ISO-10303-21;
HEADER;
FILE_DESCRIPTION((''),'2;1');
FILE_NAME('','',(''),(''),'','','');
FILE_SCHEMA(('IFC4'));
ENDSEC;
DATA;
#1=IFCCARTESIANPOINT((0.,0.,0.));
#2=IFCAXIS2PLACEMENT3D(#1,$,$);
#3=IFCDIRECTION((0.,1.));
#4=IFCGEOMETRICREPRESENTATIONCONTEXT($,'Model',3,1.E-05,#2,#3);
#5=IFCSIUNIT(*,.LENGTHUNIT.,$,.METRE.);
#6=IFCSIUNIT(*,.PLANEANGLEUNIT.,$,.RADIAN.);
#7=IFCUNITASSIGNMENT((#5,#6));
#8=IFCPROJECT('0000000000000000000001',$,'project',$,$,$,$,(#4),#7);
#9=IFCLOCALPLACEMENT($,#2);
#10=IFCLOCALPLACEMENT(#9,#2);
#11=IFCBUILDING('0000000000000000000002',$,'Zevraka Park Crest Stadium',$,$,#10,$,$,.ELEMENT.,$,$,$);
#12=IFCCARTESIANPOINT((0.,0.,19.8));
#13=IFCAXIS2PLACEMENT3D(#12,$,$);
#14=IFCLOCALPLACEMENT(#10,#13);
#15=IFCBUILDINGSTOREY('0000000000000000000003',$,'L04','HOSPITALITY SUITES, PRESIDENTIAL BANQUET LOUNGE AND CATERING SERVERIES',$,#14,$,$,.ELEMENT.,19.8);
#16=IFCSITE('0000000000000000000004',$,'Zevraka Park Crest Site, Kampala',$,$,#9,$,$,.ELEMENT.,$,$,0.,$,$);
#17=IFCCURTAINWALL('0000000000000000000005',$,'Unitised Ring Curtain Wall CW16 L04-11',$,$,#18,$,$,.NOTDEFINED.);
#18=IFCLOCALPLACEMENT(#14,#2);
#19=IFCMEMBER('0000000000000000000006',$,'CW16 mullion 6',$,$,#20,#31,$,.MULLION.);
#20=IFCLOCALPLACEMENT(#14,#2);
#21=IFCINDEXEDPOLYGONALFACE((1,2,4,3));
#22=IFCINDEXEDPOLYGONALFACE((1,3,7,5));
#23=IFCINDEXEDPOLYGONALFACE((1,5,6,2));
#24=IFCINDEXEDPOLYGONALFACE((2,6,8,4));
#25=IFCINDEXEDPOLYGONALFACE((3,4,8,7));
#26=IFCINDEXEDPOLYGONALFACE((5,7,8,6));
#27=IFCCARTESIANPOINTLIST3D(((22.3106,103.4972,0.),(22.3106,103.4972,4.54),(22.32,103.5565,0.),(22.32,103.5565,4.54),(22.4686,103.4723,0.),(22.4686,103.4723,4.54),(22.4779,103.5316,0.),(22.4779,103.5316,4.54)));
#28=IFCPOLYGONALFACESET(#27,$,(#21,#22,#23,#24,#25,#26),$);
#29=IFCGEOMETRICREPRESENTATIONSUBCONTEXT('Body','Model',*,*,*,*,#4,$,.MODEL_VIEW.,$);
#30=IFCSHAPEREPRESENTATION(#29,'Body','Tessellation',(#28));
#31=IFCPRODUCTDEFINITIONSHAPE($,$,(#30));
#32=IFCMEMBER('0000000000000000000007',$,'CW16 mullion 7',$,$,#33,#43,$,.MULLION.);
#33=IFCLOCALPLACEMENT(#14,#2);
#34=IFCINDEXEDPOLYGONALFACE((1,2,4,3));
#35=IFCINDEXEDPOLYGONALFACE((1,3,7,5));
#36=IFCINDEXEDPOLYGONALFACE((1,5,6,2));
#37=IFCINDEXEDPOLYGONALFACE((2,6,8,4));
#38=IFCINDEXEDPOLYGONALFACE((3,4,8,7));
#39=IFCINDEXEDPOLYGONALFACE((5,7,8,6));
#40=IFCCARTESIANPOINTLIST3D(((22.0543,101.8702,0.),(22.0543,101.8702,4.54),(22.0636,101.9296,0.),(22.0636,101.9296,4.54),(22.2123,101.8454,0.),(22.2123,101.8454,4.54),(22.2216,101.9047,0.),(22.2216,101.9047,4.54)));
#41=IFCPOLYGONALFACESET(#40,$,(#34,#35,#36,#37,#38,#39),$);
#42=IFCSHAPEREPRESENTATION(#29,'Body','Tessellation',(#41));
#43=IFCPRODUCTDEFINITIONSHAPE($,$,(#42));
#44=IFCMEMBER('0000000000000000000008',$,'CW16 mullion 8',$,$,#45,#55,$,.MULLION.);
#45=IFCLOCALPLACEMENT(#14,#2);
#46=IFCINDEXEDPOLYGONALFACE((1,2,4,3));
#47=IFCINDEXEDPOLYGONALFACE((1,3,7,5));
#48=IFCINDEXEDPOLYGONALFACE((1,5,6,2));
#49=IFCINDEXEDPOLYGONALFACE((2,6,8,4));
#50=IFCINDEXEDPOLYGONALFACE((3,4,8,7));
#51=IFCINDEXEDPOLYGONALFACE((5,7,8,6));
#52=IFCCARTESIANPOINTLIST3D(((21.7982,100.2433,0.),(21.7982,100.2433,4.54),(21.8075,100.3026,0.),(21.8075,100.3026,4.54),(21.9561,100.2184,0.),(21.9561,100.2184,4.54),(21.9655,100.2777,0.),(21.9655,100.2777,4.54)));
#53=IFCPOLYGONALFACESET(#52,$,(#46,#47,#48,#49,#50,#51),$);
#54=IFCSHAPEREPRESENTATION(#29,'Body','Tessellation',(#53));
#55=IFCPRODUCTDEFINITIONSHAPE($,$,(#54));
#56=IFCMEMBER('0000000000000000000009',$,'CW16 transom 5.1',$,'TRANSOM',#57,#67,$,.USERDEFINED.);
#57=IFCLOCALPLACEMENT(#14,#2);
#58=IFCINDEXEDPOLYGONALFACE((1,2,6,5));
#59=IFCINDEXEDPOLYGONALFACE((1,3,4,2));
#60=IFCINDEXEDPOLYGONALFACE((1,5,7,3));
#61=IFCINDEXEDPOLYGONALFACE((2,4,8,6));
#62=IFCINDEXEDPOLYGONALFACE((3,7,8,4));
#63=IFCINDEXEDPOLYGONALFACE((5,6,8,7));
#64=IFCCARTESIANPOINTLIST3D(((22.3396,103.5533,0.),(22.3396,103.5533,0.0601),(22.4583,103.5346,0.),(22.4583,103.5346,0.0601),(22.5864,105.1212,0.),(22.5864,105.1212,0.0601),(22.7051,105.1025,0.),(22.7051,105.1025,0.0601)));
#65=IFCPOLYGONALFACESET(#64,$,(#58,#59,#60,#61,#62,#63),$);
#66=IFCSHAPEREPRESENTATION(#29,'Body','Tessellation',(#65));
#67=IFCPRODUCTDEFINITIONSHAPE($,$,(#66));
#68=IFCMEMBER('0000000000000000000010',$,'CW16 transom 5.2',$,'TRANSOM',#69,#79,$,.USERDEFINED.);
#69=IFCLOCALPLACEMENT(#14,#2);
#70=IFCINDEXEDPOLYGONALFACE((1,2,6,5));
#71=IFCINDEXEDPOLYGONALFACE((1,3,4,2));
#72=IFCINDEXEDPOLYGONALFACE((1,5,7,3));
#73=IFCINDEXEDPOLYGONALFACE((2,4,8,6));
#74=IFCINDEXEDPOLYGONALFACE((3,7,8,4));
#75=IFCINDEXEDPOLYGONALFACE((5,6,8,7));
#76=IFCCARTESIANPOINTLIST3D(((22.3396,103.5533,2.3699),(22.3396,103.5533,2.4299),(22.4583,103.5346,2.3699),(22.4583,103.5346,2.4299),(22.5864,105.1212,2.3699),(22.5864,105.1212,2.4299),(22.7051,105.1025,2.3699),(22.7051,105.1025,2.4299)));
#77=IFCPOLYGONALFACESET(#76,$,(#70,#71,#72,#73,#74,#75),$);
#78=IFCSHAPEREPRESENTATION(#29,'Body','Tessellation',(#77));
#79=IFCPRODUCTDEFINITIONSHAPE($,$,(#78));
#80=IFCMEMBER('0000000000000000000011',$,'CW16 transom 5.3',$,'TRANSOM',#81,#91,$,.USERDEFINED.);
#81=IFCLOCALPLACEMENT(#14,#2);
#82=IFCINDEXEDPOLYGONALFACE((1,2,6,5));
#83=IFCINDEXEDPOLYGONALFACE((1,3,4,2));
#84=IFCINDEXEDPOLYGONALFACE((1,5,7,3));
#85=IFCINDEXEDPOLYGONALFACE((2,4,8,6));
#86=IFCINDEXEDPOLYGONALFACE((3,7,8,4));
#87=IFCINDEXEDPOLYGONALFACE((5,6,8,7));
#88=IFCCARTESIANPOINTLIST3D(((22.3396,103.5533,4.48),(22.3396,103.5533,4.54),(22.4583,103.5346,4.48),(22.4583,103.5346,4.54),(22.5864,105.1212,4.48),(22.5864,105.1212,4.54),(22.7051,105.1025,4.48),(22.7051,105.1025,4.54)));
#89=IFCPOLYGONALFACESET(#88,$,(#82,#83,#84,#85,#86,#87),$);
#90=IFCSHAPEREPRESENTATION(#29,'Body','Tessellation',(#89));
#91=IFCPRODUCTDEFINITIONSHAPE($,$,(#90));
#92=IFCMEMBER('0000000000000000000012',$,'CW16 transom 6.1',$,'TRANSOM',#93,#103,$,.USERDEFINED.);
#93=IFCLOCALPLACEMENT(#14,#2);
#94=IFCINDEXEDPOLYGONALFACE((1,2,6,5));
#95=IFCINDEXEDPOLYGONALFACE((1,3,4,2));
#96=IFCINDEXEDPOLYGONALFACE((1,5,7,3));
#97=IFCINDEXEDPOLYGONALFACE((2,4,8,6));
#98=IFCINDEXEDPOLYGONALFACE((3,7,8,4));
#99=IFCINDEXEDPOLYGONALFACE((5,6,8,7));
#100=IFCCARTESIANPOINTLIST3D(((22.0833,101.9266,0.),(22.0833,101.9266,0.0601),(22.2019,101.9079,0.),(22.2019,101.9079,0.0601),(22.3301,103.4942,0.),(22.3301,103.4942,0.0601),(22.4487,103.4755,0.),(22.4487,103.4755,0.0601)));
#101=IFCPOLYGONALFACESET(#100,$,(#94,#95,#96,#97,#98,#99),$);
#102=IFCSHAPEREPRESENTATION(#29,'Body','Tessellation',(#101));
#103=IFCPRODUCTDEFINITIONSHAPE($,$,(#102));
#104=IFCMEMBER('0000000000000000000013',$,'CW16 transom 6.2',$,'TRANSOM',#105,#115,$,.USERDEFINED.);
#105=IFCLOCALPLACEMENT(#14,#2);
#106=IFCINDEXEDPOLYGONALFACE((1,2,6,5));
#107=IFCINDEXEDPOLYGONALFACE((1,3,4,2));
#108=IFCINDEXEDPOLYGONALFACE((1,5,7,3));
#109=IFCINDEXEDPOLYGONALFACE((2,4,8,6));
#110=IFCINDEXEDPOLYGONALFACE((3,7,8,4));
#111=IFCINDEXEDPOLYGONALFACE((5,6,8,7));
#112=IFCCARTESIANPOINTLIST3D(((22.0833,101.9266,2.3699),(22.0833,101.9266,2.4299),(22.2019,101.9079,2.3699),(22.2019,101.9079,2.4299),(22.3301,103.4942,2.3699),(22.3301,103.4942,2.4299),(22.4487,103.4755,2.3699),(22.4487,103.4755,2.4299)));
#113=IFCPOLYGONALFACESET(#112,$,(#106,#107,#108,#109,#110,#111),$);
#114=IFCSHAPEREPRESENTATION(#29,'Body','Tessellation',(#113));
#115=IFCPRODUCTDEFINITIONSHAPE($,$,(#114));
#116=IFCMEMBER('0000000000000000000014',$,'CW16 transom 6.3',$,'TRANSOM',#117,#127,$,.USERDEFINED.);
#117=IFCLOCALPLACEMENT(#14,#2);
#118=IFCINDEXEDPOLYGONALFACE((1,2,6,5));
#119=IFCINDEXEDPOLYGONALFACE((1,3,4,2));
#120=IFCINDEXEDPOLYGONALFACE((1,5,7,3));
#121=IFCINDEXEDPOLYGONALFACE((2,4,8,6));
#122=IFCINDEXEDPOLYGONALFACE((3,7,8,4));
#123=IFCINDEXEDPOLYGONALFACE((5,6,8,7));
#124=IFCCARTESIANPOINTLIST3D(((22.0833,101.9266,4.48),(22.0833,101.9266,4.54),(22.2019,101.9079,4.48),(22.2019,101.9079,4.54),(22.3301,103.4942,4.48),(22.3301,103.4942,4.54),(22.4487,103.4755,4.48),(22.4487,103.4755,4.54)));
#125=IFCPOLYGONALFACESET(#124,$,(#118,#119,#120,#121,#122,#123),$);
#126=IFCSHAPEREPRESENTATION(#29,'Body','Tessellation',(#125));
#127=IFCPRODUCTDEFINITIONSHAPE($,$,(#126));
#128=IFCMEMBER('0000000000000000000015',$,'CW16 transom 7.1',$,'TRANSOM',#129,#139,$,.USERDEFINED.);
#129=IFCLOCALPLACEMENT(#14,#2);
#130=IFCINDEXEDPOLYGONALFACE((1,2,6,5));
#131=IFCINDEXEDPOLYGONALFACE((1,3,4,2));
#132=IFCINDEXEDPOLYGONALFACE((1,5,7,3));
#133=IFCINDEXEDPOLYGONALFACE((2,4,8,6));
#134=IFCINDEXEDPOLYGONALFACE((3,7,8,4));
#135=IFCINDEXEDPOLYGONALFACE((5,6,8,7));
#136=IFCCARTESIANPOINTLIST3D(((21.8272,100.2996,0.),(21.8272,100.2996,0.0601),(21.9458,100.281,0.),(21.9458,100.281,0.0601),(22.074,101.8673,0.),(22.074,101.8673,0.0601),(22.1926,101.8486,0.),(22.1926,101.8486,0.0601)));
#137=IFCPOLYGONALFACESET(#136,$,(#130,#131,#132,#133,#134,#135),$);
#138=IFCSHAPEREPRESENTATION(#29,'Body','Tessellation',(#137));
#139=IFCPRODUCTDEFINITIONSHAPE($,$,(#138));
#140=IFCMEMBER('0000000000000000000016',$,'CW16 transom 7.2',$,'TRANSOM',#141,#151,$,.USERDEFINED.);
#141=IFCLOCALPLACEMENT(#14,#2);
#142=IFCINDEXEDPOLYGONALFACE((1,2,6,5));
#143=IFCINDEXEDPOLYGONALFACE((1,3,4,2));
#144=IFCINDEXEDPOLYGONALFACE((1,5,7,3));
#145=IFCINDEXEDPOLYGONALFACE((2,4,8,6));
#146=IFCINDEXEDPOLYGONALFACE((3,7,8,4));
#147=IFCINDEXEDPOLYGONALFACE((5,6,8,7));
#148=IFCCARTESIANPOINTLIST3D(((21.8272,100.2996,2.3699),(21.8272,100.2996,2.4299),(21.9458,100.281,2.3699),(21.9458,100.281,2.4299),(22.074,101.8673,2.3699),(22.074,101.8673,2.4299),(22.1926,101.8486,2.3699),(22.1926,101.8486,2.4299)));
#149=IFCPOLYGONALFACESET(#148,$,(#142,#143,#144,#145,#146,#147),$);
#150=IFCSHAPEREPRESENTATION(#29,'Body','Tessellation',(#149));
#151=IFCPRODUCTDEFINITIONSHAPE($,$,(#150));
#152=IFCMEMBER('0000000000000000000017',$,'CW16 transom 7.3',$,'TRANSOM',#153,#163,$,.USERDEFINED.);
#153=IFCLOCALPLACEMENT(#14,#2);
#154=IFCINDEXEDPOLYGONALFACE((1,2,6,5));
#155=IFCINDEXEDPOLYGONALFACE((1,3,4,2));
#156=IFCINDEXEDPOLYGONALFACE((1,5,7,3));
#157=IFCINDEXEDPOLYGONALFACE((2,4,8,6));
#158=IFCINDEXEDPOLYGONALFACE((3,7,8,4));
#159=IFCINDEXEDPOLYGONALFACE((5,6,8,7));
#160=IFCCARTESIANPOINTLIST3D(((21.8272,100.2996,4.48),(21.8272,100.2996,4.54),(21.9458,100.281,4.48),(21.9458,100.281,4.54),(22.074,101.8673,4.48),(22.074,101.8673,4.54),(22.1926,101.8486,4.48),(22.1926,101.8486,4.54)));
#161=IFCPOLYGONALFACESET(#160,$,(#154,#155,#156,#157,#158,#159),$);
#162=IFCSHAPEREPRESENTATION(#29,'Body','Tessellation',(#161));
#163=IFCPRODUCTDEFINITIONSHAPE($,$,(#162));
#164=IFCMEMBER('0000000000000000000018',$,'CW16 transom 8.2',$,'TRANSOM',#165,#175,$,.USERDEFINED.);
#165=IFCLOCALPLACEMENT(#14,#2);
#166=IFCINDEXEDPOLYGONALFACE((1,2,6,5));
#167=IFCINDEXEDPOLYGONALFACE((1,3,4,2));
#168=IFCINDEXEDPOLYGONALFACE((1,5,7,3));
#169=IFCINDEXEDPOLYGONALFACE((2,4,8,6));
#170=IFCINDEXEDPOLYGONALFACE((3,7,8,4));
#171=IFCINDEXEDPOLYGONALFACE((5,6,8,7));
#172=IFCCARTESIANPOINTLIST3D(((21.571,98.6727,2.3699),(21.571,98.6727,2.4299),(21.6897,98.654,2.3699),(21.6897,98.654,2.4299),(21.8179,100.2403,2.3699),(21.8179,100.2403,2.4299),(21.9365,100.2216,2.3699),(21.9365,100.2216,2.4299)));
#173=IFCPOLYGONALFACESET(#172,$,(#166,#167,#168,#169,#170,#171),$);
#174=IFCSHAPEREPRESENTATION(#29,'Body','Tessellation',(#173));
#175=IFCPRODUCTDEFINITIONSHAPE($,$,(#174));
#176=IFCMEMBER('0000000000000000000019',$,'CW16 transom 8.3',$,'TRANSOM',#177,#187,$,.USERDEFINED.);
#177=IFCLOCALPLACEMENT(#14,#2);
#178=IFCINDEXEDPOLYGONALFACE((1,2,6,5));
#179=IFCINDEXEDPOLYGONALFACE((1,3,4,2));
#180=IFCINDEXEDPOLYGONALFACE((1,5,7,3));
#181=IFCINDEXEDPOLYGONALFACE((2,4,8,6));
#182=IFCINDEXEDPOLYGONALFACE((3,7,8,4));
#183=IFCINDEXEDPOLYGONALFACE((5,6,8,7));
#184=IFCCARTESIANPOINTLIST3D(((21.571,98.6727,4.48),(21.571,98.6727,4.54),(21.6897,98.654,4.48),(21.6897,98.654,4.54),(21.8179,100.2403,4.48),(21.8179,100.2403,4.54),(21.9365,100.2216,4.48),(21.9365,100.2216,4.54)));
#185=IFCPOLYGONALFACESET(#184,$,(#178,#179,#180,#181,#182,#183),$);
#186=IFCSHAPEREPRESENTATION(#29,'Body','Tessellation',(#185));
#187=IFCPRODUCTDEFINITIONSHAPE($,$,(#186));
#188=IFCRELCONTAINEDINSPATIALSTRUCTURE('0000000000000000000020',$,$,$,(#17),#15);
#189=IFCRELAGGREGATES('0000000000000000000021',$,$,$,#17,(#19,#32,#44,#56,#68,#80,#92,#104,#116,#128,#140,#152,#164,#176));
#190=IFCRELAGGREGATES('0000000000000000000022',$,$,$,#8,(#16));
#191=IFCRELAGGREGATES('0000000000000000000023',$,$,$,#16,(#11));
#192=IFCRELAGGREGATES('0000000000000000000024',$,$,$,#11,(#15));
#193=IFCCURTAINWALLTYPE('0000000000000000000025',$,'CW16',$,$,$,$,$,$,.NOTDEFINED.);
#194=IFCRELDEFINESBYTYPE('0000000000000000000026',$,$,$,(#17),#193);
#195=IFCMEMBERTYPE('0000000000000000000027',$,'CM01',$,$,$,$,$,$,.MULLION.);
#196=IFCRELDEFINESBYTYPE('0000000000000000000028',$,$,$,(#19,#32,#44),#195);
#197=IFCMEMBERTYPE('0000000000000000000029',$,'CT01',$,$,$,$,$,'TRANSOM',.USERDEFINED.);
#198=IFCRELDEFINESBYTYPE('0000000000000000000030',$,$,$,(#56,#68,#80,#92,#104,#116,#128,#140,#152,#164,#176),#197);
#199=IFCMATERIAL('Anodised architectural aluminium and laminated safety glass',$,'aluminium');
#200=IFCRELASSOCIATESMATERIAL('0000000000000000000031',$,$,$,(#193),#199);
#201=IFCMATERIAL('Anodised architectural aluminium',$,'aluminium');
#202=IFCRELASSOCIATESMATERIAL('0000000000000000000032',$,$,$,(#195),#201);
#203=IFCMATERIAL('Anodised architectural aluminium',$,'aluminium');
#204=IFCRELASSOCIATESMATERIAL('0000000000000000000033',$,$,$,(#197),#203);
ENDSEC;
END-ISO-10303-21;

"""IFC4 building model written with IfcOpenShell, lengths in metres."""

from ifc_helpers import new_model, si_unit, direction, frame, origin, origin_2d, place, context, subcontext, project, spatial, rectangle, extrude, material, material_profile, profile_set, type_object, element, aggregate, save


model = new_model("IFC4")

# Units and contexts
model_context = context("Model", 3, precision=1e-05, world=origin(), true_north=direction((0.0, 1.0)))
body_context = subcontext(model_context, "Body", "Model", "MODEL_VIEW")
ifc_project = project(units=[si_unit("LENGTHUNIT", "METRE"), si_unit("PLANEANGLEUNIT", "RADIAN")], contexts=[model_context])

# Site, building, storey
site_placement = place(None, origin())
site = spatial("IfcSite", under=ifc_project, at=site_placement, Name="Zevraka Park Crest Site, Kampala", CompositionType="ELEMENT", RefElevation=0.0)
building_placement = place(site_placement, origin())
building = spatial("IfcBuilding", under=site, at=building_placement, Name="Zevraka Park Crest Stadium", CompositionType="ELEMENT")
storey_placement = place(building_placement, frame((0.0, 0.0, 19.8)))
storey = spatial("IfcBuildingStorey", under=building, at=storey_placement, Name="L04", Description="HOSPITALITY SUITES, PRESIDENTIAL BANQUET LOUNGE AND CATERING SERVERIES", CompositionType="ELEMENT", Elevation=19.8)

# Curtain wall, members
ifc_material_1 = material(Name="Anodised architectural aluminium and laminated safety glass", Category="aluminium")
curtain_wall_type = type_object("IfcCurtainWallType", Name="CW16", PredefinedType="NOTDEFINED", material=ifc_material_1)
curtain_wall_placement = place(storey_placement, origin())
curtain_wall = element("IfcCurtainWall", 1, at=curtain_wall_placement, inside=storey, type_object=curtain_wall_type, Name="Unitised Ring Curtain Wall CW16 L04-11", PredefinedType="NOTDEFINED")
ifc_material_2 = material(Name="Anodised architectural aluminium", Category="aluminium")
ifc_material_profile_1 = material_profile(ifc_material_2, rectangle(XDim=0.1599, YDim=0.0601, at=origin_2d()), Name="ALU MULLION 160x60")
ifc_profile_set_1 = profile_set([ifc_material_profile_1], Name="Anodised architectural aluminium")
member_type_1 = type_object("IfcMemberType", Name="CM01", PredefinedType="MULLION", material=ifc_profile_set_1)
member_1_placement = place(storey_placement, frame((22.3943, 103.5144, 0.0), z_axis=(0.0, 0.0, 1.0), x_axis=(0.98783, -0.155539, 0.0)))
member_1 = element("IfcMember", 2, at=member_1_placement, type_object=member_type_1, Name="CW16 mullion 6", PredefinedType="MULLION", context=body_context, shape_type="SweptSolid", body=[
    extrude(rectangle(XDim=0.1599, YDim=0.0601, at=origin_2d()), origin(), (0.0, 0.0, 1.0), 4.54),
])
member_2_placement = place(storey_placement, frame((22.1379, 101.8875, 0.0), z_axis=(0.0, 0.0, 1.0), x_axis=(0.98783, -0.155539, 0.0)))
member_2 = element("IfcMember", 3, at=member_2_placement, type_object=member_type_1, Name="CW16 mullion 7", PredefinedType="MULLION", context=body_context, shape_type="SweptSolid", body=[
    extrude(rectangle(XDim=0.1599, YDim=0.0601, at=origin_2d()), origin(), (0.0, 0.0, 1.0), 4.54),
])
member_3_placement = place(storey_placement, frame((21.8818, 100.2605, 0.0), z_axis=(0.0, 0.0, 1.0), x_axis=(0.98783, -0.155539, 0.0)))
member_3 = element("IfcMember", 4, at=member_3_placement, type_object=member_type_1, Name="CW16 mullion 8", PredefinedType="MULLION", context=body_context, shape_type="SweptSolid", body=[
    extrude(rectangle(XDim=0.1599, YDim=0.0601, at=origin_2d()), origin(), (0.0, 0.0, 1.0), 4.54),
])
ifc_material_3 = material(Name="Anodised architectural aluminium", Category="aluminium")
ifc_material_profile_2 = material_profile(ifc_material_3, rectangle(XDim=0.1201, YDim=0.0601, at=origin_2d()), Name="ALU TRANSOM 120x60")
ifc_profile_set_2 = profile_set([ifc_material_profile_2], Name="Anodised architectural aluminium")
member_type_2 = type_object("IfcMemberType", Name="CT01", ElementType="TRANSOM", PredefinedType="USERDEFINED", material=ifc_profile_set_2)
member_4_placement = place(storey_placement, frame((22.6458, 105.1118, 0.03), z_axis=(-0.155512, -0.987834, 0.0), x_axis=(0.987834, -0.155512, 0.0)))
member_4 = element("IfcMember", 5, at=member_4_placement, type_object=member_type_2, Name="CW16 transom 5.1", ObjectType="TRANSOM", PredefinedType="USERDEFINED", context=body_context, shape_type="SweptSolid", body=[
    extrude(rectangle(XDim=0.1201, YDim=0.0601, at=origin_2d()), origin(), (0.0, 0.0, 1.0), 1.5872),
])
member_5_placement = place(storey_placement, frame((22.6458, 105.1118, 2.3999), z_axis=(-0.155512, -0.987834, 0.0), x_axis=(0.987834, -0.155512, 0.0)))
member_5 = element("IfcMember", 6, at=member_5_placement, type_object=member_type_2, Name="CW16 transom 5.2", ObjectType="TRANSOM", PredefinedType="USERDEFINED", context=body_context, shape_type="SweptSolid", body=[
    extrude(rectangle(XDim=0.1201, YDim=0.0601, at=origin_2d()), origin(), (0.0, 0.0, 1.0), 1.5872),
])
member_6_placement = place(storey_placement, frame((22.6458, 105.1118, 4.51), z_axis=(-0.155512, -0.987834, 0.0), x_axis=(0.987834, -0.155512, 0.0)))
member_6 = element("IfcMember", 7, at=member_6_placement, type_object=member_type_2, Name="CW16 transom 5.3", ObjectType="TRANSOM", PredefinedType="USERDEFINED", context=body_context, shape_type="SweptSolid", body=[
    extrude(rectangle(XDim=0.1201, YDim=0.0601, at=origin_2d()), origin(), (0.0, 0.0, 1.0), 1.5872),
])
member_7_placement = place(storey_placement, frame((22.3894, 103.4849, 0.03), z_axis=(-0.155536, -0.98783, 0.0), x_axis=(0.98783, -0.155536, 0.0)))
member_7 = element("IfcMember", 8, at=member_7_placement, type_object=member_type_2, Name="CW16 transom 6.1", ObjectType="TRANSOM", PredefinedType="USERDEFINED", context=body_context, shape_type="SweptSolid", body=[
    extrude(rectangle(XDim=0.1201, YDim=0.0601, at=origin_2d()), origin(), (0.0, 0.0, 1.0), 1.5869),
])
member_8_placement = place(storey_placement, frame((22.3894, 103.4849, 2.3999), z_axis=(-0.155536, -0.98783, 0.0), x_axis=(0.98783, -0.155536, 0.0)))
member_8 = element("IfcMember", 9, at=member_8_placement, type_object=member_type_2, Name="CW16 transom 6.2", ObjectType="TRANSOM", PredefinedType="USERDEFINED", context=body_context, shape_type="SweptSolid", body=[
    extrude(rectangle(XDim=0.1201, YDim=0.0601, at=origin_2d()), origin(), (0.0, 0.0, 1.0), 1.5869),
])
member_9_placement = place(storey_placement, frame((22.3894, 103.4849, 4.51), z_axis=(-0.155536, -0.98783, 0.0), x_axis=(0.98783, -0.155536, 0.0)))
member_9 = element("IfcMember", 10, at=member_9_placement, type_object=member_type_2, Name="CW16 transom 6.3", ObjectType="TRANSOM", PredefinedType="USERDEFINED", context=body_context, shape_type="SweptSolid", body=[
    extrude(rectangle(XDim=0.1201, YDim=0.0601, at=origin_2d()), origin(), (0.0, 0.0, 1.0), 1.5869),
])
member_10_placement = place(storey_placement, frame((22.1333, 101.8579, 0.03), z_axis=(-0.155536, -0.98783, 0.0), x_axis=(0.98783, -0.155536, 0.0)))
member_10 = element("IfcMember", 11, at=member_10_placement, type_object=member_type_2, Name="CW16 transom 7.1", ObjectType="TRANSOM", PredefinedType="USERDEFINED", context=body_context, shape_type="SweptSolid", body=[
    extrude(rectangle(XDim=0.1201, YDim=0.0601, at=origin_2d()), origin(), (0.0, 0.0, 1.0), 1.5869),
])
member_11_placement = place(storey_placement, frame((22.1333, 101.8579, 2.3999), z_axis=(-0.155536, -0.98783, 0.0), x_axis=(0.98783, -0.155536, 0.0)))
member_11 = element("IfcMember", 12, at=member_11_placement, type_object=member_type_2, Name="CW16 transom 7.2", ObjectType="TRANSOM", PredefinedType="USERDEFINED", context=body_context, shape_type="SweptSolid", body=[
    extrude(rectangle(XDim=0.1201, YDim=0.0601, at=origin_2d()), origin(), (0.0, 0.0, 1.0), 1.5869),
])
member_12_placement = place(storey_placement, frame((22.1333, 101.8579, 4.51), z_axis=(-0.155536, -0.98783, 0.0), x_axis=(0.98783, -0.155536, 0.0)))
member_12 = element("IfcMember", 13, at=member_12_placement, type_object=member_type_2, Name="CW16 transom 7.3", ObjectType="TRANSOM", PredefinedType="USERDEFINED", context=body_context, shape_type="SweptSolid", body=[
    extrude(rectangle(XDim=0.1201, YDim=0.0601, at=origin_2d()), origin(), (0.0, 0.0, 1.0), 1.5869),
])
member_13_placement = place(storey_placement, frame((21.8772, 100.231, 2.3999), z_axis=(-0.155536, -0.98783, 0.0), x_axis=(0.98783, -0.155536, 0.0)))
member_13 = element("IfcMember", 14, at=member_13_placement, type_object=member_type_2, Name="CW16 transom 8.2", ObjectType="TRANSOM", PredefinedType="USERDEFINED", context=body_context, shape_type="SweptSolid", body=[
    extrude(rectangle(XDim=0.1201, YDim=0.0601, at=origin_2d()), origin(), (0.0, 0.0, 1.0), 1.5869),
])
member_14_placement = place(storey_placement, frame((21.8772, 100.231, 4.51), z_axis=(-0.155536, -0.98783, 0.0), x_axis=(0.98783, -0.155536, 0.0)))
member_14 = element("IfcMember", 15, at=member_14_placement, type_object=member_type_2, Name="CW16 transom 8.3", ObjectType="TRANSOM", PredefinedType="USERDEFINED", context=body_context, shape_type="SweptSolid", body=[
    extrude(rectangle(XDim=0.1201, YDim=0.0601, at=origin_2d()), origin(), (0.0, 0.0, 1.0), 1.5869),
])
aggregate(curtain_wall, [member_1, member_2, member_3, member_4, member_5, member_6, member_7, member_8, member_9, member_10, member_11, member_12, member_13, member_14])

save(model, "model.ifc")
